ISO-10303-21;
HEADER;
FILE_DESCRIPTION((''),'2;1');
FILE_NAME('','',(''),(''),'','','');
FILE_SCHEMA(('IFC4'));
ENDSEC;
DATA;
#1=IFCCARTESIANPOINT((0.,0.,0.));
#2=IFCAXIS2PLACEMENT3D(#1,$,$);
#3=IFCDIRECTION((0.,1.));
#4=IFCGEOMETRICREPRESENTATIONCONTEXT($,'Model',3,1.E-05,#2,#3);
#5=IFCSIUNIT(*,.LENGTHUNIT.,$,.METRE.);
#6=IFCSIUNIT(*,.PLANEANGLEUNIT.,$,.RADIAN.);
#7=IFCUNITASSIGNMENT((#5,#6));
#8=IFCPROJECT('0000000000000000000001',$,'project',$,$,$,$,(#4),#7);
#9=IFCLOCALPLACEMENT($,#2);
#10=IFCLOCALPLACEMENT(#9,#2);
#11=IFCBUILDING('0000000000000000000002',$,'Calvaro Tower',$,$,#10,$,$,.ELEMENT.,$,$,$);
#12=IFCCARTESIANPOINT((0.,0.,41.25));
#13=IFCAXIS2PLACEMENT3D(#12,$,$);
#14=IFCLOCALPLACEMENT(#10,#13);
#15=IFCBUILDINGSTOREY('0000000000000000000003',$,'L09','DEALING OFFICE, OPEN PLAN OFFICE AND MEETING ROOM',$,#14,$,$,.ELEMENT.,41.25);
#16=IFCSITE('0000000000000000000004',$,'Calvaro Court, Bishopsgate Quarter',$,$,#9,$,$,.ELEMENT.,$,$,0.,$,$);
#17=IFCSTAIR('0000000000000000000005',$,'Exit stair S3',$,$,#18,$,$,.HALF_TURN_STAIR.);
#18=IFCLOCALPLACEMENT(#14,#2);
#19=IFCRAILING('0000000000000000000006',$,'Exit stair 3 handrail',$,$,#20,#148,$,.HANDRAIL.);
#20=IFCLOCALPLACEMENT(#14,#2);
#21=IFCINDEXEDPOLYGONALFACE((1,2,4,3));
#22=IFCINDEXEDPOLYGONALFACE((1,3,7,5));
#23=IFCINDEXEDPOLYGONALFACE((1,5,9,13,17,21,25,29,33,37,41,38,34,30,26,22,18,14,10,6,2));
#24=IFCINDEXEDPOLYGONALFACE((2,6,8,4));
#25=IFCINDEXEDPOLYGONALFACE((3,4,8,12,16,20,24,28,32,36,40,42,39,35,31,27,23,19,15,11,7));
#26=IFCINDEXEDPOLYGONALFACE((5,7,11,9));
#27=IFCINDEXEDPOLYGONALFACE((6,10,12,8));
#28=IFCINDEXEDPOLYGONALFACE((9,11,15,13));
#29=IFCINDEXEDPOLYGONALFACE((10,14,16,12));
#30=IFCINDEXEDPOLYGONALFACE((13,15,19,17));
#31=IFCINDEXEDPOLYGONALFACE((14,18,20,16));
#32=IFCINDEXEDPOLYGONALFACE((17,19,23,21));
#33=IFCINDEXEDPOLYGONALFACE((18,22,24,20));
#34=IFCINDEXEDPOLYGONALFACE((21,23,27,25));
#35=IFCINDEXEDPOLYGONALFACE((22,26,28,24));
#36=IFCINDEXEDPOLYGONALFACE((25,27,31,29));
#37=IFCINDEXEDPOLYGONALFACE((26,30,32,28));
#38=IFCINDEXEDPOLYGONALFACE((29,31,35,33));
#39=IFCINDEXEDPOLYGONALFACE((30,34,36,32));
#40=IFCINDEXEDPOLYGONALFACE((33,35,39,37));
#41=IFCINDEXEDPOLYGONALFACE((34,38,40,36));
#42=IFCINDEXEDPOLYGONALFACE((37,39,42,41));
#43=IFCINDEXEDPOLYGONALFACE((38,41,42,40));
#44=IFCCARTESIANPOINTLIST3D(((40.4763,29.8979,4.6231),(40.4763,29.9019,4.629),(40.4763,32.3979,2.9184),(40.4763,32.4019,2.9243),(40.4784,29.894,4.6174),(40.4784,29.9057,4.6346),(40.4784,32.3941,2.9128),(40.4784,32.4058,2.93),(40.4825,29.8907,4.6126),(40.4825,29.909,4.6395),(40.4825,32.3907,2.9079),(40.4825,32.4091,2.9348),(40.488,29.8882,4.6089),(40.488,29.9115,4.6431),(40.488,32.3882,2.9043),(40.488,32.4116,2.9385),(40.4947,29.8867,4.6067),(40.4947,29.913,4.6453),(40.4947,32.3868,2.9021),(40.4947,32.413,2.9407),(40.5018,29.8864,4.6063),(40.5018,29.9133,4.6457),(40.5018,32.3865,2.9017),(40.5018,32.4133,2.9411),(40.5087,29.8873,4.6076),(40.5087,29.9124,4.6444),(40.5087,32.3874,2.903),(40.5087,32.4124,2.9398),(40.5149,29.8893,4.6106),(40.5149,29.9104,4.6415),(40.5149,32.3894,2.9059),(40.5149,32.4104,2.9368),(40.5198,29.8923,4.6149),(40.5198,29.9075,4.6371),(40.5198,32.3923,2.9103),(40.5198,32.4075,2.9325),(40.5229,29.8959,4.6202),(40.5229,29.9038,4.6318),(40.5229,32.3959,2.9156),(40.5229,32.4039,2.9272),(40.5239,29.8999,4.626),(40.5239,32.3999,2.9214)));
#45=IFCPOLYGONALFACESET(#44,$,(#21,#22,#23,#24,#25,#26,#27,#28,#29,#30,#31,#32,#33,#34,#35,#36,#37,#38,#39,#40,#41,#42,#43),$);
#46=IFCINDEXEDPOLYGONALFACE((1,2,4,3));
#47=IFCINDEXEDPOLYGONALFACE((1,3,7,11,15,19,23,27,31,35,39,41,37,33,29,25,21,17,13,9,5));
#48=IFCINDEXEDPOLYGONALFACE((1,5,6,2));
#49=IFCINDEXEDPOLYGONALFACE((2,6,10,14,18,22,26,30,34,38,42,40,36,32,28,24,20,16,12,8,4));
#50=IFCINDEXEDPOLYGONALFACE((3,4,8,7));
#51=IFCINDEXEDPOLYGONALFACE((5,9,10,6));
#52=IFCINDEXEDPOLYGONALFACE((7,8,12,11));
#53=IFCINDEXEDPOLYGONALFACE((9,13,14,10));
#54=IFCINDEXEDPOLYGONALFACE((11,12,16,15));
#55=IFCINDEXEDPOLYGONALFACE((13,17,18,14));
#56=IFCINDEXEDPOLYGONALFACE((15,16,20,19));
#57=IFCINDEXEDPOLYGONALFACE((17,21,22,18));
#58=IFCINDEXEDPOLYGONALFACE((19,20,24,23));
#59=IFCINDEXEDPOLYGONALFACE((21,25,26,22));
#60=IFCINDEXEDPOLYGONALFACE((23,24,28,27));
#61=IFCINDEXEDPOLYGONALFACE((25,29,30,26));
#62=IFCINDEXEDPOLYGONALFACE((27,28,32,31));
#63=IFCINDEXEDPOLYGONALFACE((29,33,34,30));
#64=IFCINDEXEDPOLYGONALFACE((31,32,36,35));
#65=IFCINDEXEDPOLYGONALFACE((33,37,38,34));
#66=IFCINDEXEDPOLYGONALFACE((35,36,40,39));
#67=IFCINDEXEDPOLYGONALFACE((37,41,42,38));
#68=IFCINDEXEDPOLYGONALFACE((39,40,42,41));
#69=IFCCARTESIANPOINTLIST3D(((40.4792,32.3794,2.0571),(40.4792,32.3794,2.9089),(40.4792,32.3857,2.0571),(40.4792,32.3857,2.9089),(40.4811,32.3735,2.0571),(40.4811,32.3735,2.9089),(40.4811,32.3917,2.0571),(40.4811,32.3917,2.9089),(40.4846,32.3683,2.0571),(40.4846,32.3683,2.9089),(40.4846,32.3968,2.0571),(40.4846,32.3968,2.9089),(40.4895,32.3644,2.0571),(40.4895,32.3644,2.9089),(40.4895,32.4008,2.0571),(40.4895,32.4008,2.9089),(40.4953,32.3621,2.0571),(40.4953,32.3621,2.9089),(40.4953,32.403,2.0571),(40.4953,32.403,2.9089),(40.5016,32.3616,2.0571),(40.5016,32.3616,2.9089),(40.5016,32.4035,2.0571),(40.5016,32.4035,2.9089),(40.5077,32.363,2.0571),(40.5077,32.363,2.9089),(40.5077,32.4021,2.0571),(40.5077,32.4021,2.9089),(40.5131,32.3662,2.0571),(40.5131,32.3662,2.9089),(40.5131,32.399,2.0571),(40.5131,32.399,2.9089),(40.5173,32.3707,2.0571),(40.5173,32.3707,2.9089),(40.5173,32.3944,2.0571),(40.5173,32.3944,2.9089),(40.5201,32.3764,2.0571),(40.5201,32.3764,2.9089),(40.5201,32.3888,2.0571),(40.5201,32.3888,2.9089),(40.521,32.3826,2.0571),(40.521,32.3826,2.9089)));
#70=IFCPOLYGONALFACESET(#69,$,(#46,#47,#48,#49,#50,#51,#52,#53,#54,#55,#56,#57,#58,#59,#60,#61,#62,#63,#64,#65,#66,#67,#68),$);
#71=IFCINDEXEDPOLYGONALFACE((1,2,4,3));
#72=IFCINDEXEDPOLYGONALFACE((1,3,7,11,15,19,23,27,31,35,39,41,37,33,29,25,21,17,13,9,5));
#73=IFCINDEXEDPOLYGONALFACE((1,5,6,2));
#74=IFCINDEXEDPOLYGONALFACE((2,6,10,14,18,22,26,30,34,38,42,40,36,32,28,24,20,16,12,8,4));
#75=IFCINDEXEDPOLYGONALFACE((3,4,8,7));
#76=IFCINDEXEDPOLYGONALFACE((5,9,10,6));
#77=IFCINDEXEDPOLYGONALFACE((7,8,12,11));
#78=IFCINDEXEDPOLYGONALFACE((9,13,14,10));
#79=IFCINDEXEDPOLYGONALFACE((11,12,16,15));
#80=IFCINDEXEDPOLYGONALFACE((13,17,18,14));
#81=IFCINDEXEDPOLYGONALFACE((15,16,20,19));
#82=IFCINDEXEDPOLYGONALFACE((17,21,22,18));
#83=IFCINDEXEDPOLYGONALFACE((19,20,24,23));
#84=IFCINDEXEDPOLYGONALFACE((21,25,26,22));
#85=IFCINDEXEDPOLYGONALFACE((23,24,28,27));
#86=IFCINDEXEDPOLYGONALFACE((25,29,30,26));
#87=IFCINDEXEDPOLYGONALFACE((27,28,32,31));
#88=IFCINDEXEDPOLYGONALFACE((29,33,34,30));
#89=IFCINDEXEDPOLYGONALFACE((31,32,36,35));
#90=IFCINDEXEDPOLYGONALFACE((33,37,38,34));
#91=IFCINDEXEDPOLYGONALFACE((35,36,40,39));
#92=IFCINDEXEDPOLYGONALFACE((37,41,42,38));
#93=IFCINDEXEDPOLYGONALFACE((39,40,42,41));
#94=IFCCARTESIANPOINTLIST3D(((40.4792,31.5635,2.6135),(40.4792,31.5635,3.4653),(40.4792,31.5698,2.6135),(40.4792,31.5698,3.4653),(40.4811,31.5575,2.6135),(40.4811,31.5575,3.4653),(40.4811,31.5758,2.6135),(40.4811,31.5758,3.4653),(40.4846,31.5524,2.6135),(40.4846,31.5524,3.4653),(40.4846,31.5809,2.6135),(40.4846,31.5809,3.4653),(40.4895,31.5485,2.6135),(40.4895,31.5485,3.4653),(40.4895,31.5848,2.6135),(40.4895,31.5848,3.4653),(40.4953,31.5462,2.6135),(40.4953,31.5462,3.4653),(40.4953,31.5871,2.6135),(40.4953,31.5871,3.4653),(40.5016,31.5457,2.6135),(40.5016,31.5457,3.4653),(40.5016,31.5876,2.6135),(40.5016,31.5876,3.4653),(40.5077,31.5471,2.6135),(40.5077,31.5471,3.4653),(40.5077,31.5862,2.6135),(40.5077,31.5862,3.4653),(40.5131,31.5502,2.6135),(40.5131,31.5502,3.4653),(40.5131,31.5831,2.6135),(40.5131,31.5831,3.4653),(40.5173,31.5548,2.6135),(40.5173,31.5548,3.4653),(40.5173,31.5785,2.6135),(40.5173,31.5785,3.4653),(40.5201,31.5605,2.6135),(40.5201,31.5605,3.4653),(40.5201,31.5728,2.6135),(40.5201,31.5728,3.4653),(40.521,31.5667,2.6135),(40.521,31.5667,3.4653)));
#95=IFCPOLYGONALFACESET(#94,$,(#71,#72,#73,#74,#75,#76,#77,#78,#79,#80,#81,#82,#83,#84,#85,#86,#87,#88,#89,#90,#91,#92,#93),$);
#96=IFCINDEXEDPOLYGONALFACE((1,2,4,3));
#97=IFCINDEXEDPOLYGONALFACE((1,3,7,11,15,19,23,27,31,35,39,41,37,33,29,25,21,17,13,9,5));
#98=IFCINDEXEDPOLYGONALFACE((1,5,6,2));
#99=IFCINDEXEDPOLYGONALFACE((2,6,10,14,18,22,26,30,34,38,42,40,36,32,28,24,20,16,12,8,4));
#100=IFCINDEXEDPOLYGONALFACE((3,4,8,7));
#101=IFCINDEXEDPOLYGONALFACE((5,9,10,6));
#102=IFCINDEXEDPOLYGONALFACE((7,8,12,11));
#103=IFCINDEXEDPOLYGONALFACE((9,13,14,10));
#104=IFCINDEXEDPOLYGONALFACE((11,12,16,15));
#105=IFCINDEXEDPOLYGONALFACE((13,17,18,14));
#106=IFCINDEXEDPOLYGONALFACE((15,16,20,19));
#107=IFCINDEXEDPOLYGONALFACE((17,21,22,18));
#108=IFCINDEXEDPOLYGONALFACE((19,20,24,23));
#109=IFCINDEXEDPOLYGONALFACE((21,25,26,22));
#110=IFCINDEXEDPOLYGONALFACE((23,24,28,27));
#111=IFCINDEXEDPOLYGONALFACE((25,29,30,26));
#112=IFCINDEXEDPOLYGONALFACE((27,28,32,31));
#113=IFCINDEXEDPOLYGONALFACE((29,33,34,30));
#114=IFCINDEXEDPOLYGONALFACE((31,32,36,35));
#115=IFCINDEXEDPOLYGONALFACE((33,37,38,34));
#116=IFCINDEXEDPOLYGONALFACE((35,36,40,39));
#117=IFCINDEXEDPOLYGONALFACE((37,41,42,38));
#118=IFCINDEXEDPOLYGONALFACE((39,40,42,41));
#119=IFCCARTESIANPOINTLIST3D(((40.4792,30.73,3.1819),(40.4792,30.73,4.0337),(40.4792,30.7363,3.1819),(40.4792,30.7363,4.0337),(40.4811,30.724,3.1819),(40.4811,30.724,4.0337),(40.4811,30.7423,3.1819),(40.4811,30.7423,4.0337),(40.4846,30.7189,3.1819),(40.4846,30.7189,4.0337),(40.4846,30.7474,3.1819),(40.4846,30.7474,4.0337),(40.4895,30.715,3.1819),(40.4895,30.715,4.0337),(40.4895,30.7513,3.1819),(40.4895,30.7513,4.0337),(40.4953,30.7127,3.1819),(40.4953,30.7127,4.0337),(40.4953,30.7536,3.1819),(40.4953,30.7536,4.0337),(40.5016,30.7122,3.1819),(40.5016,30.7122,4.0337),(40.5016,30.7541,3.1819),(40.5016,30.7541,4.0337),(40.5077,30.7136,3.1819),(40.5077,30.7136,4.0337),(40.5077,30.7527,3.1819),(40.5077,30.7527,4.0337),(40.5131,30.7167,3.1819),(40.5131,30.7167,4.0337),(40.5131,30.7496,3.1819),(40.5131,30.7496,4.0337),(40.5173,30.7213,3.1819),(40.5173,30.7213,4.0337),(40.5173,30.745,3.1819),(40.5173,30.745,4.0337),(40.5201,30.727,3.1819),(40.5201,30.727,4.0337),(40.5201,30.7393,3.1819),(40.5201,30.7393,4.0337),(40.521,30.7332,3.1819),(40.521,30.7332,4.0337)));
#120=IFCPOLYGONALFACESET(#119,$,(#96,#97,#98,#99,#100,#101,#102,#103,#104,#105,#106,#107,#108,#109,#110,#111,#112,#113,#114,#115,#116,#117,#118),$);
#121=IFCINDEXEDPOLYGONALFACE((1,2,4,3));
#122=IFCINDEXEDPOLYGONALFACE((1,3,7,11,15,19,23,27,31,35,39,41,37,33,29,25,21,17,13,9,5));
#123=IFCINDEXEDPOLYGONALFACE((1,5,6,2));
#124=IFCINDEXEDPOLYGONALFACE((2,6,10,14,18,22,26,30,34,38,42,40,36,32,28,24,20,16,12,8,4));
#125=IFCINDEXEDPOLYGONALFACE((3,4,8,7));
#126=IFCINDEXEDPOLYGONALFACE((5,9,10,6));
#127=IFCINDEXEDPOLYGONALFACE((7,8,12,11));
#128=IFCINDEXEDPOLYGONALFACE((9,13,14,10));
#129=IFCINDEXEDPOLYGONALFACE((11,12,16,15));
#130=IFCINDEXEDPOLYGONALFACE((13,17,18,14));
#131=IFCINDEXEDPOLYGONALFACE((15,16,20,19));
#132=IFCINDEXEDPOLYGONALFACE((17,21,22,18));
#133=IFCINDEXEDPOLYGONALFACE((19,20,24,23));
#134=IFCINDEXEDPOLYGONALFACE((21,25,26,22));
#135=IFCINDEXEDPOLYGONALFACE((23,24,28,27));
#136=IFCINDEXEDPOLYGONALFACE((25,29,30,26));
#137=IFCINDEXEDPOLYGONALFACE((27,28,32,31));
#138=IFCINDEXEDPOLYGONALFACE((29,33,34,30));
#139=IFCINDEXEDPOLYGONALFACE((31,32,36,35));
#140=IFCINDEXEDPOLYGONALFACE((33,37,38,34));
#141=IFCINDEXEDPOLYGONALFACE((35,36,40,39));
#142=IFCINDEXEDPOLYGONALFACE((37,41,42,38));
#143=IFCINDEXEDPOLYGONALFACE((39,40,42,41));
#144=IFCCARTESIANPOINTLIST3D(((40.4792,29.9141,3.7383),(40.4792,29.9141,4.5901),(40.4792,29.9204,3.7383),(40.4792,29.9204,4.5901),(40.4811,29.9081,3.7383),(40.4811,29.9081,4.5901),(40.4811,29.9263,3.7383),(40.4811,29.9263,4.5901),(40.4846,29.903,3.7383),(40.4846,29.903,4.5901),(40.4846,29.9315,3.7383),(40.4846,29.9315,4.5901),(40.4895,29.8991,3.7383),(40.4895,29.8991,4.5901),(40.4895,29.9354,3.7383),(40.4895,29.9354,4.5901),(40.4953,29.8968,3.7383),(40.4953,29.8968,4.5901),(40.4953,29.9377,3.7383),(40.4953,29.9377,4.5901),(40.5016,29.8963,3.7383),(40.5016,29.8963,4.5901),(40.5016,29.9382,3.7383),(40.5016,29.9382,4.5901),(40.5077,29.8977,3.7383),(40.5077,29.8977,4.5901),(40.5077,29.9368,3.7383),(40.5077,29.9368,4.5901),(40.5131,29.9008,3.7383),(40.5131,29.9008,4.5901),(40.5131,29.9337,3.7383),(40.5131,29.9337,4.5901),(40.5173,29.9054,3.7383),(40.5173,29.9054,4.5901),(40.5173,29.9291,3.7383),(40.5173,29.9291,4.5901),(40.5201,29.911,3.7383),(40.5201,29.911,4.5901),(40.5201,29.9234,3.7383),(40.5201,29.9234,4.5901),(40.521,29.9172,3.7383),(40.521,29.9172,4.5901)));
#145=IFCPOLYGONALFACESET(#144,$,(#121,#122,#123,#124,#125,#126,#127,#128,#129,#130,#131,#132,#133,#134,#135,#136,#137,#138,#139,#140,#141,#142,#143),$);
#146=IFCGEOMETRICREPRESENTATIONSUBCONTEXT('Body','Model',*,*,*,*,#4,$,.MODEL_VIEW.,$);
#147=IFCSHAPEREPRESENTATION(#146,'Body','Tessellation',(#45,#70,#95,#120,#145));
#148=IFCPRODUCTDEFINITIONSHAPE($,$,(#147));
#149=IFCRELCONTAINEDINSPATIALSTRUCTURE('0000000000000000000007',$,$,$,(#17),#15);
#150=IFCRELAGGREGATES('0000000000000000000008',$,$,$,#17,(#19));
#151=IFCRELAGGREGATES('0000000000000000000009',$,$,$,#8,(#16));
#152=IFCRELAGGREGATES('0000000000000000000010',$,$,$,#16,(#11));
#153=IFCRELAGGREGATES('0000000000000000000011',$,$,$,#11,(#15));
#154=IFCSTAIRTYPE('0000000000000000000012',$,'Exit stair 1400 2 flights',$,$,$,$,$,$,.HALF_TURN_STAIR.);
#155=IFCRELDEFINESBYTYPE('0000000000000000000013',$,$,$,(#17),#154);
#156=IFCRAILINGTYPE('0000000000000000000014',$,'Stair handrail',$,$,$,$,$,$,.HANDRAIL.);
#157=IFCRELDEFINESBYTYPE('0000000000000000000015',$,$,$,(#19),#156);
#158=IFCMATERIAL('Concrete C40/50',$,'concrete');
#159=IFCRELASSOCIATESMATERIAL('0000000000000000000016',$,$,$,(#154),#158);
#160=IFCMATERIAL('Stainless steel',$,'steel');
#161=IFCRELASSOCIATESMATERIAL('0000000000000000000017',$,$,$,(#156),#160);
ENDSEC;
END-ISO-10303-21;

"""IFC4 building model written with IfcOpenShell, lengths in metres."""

from ifc_helpers import new_model, si_unit, direction, frame, origin, origin_2d, place, context, subcontext, project, spatial, circle, extrude, material, type_object, element, aggregate, save


model = new_model("IFC4")

# Units and contexts
model_context = context("Model", 3, precision=1e-05, world=origin(), true_north=direction((0.0, 1.0)))
body_context = subcontext(model_context, "Body", "Model", "MODEL_VIEW")
ifc_project = project(units=[si_unit("LENGTHUNIT", "METRE"), si_unit("PLANEANGLEUNIT", "RADIAN")], contexts=[model_context])

# Site, building, storey
site_placement = place(None, origin())
site = spatial("IfcSite", under=ifc_project, at=site_placement, Name="Calvaro Court, Bishopsgate Quarter", CompositionType="ELEMENT", RefElevation=0.0)
building_placement = place(site_placement, origin())
building = spatial("IfcBuilding", under=site, at=building_placement, Name="Calvaro Tower", CompositionType="ELEMENT")
storey_placement = place(building_placement, frame((0.0, 0.0, 41.25)))
storey = spatial("IfcBuildingStorey", under=building, at=storey_placement, Name="L09", Description="DEALING OFFICE, OPEN PLAN OFFICE AND MEETING ROOM", CompositionType="ELEMENT", Elevation=41.25)

# Stair
ifc_material_1 = material(Name="Concrete C40/50", Category="concrete")
stair_type = type_object("IfcStairType", Name="Exit stair 1400 2 flights", PredefinedType="HALF_TURN_STAIR", material=ifc_material_1)
stair_1_placement = place(storey_placement, origin())
stair_1 = element("IfcStair", 1, at=stair_1_placement, inside=storey, type_object=stair_type, Name="Exit stair S3", PredefinedType="HALF_TURN_STAIR")

# Railing
ifc_material_2 = material(Name="Stainless steel", Category="steel")
railing_type = type_object("IfcRailingType", Name="Stair handrail", PredefinedType="HANDRAIL", material=ifc_material_2)
railing_1_placement = place(storey_placement, frame((40.5, 32.3999, 2.0454)))
railing_1 = element("IfcRailing", 2, at=railing_1_placement, type_object=railing_type, Name="Exit stair 3 handrail", PredefinedType="HANDRAIL", context=body_context, shape_type="SweptSolid", body=[
    extrude(circle(Radius=0.0239, at=origin_2d()), frame((0.0, 0.0, 0.876), z_axis=(0.0, -0.826221, 0.563347), x_axis=(1.0, 0.0, 0.0)), (0.0, 0.0, 1.0), 3.0259),
    extrude(circle(Radius=0.021, at=origin_2d()), frame((0.0, -0.0173, 0.0117)), (0.0, 0.0, 1.0), 0.8518),
    extrude(circle(Radius=0.021, at=origin_2d()), frame((0.0, -0.8333, 0.5681)), (0.0, 0.0, 1.0), 0.8518),
    extrude(circle(Radius=0.021, at=origin_2d()), frame((0.0, -1.6667, 1.1365)), (0.0, 0.0, 1.0), 0.8518),
    extrude(circle(Radius=0.021, at=origin_2d()), frame((0.0, -2.4827, 1.6929)), (0.0, 0.0, 1.0), 0.8518),
])
aggregate(stair_1, [railing_1])

save(model, "model.ifc")
